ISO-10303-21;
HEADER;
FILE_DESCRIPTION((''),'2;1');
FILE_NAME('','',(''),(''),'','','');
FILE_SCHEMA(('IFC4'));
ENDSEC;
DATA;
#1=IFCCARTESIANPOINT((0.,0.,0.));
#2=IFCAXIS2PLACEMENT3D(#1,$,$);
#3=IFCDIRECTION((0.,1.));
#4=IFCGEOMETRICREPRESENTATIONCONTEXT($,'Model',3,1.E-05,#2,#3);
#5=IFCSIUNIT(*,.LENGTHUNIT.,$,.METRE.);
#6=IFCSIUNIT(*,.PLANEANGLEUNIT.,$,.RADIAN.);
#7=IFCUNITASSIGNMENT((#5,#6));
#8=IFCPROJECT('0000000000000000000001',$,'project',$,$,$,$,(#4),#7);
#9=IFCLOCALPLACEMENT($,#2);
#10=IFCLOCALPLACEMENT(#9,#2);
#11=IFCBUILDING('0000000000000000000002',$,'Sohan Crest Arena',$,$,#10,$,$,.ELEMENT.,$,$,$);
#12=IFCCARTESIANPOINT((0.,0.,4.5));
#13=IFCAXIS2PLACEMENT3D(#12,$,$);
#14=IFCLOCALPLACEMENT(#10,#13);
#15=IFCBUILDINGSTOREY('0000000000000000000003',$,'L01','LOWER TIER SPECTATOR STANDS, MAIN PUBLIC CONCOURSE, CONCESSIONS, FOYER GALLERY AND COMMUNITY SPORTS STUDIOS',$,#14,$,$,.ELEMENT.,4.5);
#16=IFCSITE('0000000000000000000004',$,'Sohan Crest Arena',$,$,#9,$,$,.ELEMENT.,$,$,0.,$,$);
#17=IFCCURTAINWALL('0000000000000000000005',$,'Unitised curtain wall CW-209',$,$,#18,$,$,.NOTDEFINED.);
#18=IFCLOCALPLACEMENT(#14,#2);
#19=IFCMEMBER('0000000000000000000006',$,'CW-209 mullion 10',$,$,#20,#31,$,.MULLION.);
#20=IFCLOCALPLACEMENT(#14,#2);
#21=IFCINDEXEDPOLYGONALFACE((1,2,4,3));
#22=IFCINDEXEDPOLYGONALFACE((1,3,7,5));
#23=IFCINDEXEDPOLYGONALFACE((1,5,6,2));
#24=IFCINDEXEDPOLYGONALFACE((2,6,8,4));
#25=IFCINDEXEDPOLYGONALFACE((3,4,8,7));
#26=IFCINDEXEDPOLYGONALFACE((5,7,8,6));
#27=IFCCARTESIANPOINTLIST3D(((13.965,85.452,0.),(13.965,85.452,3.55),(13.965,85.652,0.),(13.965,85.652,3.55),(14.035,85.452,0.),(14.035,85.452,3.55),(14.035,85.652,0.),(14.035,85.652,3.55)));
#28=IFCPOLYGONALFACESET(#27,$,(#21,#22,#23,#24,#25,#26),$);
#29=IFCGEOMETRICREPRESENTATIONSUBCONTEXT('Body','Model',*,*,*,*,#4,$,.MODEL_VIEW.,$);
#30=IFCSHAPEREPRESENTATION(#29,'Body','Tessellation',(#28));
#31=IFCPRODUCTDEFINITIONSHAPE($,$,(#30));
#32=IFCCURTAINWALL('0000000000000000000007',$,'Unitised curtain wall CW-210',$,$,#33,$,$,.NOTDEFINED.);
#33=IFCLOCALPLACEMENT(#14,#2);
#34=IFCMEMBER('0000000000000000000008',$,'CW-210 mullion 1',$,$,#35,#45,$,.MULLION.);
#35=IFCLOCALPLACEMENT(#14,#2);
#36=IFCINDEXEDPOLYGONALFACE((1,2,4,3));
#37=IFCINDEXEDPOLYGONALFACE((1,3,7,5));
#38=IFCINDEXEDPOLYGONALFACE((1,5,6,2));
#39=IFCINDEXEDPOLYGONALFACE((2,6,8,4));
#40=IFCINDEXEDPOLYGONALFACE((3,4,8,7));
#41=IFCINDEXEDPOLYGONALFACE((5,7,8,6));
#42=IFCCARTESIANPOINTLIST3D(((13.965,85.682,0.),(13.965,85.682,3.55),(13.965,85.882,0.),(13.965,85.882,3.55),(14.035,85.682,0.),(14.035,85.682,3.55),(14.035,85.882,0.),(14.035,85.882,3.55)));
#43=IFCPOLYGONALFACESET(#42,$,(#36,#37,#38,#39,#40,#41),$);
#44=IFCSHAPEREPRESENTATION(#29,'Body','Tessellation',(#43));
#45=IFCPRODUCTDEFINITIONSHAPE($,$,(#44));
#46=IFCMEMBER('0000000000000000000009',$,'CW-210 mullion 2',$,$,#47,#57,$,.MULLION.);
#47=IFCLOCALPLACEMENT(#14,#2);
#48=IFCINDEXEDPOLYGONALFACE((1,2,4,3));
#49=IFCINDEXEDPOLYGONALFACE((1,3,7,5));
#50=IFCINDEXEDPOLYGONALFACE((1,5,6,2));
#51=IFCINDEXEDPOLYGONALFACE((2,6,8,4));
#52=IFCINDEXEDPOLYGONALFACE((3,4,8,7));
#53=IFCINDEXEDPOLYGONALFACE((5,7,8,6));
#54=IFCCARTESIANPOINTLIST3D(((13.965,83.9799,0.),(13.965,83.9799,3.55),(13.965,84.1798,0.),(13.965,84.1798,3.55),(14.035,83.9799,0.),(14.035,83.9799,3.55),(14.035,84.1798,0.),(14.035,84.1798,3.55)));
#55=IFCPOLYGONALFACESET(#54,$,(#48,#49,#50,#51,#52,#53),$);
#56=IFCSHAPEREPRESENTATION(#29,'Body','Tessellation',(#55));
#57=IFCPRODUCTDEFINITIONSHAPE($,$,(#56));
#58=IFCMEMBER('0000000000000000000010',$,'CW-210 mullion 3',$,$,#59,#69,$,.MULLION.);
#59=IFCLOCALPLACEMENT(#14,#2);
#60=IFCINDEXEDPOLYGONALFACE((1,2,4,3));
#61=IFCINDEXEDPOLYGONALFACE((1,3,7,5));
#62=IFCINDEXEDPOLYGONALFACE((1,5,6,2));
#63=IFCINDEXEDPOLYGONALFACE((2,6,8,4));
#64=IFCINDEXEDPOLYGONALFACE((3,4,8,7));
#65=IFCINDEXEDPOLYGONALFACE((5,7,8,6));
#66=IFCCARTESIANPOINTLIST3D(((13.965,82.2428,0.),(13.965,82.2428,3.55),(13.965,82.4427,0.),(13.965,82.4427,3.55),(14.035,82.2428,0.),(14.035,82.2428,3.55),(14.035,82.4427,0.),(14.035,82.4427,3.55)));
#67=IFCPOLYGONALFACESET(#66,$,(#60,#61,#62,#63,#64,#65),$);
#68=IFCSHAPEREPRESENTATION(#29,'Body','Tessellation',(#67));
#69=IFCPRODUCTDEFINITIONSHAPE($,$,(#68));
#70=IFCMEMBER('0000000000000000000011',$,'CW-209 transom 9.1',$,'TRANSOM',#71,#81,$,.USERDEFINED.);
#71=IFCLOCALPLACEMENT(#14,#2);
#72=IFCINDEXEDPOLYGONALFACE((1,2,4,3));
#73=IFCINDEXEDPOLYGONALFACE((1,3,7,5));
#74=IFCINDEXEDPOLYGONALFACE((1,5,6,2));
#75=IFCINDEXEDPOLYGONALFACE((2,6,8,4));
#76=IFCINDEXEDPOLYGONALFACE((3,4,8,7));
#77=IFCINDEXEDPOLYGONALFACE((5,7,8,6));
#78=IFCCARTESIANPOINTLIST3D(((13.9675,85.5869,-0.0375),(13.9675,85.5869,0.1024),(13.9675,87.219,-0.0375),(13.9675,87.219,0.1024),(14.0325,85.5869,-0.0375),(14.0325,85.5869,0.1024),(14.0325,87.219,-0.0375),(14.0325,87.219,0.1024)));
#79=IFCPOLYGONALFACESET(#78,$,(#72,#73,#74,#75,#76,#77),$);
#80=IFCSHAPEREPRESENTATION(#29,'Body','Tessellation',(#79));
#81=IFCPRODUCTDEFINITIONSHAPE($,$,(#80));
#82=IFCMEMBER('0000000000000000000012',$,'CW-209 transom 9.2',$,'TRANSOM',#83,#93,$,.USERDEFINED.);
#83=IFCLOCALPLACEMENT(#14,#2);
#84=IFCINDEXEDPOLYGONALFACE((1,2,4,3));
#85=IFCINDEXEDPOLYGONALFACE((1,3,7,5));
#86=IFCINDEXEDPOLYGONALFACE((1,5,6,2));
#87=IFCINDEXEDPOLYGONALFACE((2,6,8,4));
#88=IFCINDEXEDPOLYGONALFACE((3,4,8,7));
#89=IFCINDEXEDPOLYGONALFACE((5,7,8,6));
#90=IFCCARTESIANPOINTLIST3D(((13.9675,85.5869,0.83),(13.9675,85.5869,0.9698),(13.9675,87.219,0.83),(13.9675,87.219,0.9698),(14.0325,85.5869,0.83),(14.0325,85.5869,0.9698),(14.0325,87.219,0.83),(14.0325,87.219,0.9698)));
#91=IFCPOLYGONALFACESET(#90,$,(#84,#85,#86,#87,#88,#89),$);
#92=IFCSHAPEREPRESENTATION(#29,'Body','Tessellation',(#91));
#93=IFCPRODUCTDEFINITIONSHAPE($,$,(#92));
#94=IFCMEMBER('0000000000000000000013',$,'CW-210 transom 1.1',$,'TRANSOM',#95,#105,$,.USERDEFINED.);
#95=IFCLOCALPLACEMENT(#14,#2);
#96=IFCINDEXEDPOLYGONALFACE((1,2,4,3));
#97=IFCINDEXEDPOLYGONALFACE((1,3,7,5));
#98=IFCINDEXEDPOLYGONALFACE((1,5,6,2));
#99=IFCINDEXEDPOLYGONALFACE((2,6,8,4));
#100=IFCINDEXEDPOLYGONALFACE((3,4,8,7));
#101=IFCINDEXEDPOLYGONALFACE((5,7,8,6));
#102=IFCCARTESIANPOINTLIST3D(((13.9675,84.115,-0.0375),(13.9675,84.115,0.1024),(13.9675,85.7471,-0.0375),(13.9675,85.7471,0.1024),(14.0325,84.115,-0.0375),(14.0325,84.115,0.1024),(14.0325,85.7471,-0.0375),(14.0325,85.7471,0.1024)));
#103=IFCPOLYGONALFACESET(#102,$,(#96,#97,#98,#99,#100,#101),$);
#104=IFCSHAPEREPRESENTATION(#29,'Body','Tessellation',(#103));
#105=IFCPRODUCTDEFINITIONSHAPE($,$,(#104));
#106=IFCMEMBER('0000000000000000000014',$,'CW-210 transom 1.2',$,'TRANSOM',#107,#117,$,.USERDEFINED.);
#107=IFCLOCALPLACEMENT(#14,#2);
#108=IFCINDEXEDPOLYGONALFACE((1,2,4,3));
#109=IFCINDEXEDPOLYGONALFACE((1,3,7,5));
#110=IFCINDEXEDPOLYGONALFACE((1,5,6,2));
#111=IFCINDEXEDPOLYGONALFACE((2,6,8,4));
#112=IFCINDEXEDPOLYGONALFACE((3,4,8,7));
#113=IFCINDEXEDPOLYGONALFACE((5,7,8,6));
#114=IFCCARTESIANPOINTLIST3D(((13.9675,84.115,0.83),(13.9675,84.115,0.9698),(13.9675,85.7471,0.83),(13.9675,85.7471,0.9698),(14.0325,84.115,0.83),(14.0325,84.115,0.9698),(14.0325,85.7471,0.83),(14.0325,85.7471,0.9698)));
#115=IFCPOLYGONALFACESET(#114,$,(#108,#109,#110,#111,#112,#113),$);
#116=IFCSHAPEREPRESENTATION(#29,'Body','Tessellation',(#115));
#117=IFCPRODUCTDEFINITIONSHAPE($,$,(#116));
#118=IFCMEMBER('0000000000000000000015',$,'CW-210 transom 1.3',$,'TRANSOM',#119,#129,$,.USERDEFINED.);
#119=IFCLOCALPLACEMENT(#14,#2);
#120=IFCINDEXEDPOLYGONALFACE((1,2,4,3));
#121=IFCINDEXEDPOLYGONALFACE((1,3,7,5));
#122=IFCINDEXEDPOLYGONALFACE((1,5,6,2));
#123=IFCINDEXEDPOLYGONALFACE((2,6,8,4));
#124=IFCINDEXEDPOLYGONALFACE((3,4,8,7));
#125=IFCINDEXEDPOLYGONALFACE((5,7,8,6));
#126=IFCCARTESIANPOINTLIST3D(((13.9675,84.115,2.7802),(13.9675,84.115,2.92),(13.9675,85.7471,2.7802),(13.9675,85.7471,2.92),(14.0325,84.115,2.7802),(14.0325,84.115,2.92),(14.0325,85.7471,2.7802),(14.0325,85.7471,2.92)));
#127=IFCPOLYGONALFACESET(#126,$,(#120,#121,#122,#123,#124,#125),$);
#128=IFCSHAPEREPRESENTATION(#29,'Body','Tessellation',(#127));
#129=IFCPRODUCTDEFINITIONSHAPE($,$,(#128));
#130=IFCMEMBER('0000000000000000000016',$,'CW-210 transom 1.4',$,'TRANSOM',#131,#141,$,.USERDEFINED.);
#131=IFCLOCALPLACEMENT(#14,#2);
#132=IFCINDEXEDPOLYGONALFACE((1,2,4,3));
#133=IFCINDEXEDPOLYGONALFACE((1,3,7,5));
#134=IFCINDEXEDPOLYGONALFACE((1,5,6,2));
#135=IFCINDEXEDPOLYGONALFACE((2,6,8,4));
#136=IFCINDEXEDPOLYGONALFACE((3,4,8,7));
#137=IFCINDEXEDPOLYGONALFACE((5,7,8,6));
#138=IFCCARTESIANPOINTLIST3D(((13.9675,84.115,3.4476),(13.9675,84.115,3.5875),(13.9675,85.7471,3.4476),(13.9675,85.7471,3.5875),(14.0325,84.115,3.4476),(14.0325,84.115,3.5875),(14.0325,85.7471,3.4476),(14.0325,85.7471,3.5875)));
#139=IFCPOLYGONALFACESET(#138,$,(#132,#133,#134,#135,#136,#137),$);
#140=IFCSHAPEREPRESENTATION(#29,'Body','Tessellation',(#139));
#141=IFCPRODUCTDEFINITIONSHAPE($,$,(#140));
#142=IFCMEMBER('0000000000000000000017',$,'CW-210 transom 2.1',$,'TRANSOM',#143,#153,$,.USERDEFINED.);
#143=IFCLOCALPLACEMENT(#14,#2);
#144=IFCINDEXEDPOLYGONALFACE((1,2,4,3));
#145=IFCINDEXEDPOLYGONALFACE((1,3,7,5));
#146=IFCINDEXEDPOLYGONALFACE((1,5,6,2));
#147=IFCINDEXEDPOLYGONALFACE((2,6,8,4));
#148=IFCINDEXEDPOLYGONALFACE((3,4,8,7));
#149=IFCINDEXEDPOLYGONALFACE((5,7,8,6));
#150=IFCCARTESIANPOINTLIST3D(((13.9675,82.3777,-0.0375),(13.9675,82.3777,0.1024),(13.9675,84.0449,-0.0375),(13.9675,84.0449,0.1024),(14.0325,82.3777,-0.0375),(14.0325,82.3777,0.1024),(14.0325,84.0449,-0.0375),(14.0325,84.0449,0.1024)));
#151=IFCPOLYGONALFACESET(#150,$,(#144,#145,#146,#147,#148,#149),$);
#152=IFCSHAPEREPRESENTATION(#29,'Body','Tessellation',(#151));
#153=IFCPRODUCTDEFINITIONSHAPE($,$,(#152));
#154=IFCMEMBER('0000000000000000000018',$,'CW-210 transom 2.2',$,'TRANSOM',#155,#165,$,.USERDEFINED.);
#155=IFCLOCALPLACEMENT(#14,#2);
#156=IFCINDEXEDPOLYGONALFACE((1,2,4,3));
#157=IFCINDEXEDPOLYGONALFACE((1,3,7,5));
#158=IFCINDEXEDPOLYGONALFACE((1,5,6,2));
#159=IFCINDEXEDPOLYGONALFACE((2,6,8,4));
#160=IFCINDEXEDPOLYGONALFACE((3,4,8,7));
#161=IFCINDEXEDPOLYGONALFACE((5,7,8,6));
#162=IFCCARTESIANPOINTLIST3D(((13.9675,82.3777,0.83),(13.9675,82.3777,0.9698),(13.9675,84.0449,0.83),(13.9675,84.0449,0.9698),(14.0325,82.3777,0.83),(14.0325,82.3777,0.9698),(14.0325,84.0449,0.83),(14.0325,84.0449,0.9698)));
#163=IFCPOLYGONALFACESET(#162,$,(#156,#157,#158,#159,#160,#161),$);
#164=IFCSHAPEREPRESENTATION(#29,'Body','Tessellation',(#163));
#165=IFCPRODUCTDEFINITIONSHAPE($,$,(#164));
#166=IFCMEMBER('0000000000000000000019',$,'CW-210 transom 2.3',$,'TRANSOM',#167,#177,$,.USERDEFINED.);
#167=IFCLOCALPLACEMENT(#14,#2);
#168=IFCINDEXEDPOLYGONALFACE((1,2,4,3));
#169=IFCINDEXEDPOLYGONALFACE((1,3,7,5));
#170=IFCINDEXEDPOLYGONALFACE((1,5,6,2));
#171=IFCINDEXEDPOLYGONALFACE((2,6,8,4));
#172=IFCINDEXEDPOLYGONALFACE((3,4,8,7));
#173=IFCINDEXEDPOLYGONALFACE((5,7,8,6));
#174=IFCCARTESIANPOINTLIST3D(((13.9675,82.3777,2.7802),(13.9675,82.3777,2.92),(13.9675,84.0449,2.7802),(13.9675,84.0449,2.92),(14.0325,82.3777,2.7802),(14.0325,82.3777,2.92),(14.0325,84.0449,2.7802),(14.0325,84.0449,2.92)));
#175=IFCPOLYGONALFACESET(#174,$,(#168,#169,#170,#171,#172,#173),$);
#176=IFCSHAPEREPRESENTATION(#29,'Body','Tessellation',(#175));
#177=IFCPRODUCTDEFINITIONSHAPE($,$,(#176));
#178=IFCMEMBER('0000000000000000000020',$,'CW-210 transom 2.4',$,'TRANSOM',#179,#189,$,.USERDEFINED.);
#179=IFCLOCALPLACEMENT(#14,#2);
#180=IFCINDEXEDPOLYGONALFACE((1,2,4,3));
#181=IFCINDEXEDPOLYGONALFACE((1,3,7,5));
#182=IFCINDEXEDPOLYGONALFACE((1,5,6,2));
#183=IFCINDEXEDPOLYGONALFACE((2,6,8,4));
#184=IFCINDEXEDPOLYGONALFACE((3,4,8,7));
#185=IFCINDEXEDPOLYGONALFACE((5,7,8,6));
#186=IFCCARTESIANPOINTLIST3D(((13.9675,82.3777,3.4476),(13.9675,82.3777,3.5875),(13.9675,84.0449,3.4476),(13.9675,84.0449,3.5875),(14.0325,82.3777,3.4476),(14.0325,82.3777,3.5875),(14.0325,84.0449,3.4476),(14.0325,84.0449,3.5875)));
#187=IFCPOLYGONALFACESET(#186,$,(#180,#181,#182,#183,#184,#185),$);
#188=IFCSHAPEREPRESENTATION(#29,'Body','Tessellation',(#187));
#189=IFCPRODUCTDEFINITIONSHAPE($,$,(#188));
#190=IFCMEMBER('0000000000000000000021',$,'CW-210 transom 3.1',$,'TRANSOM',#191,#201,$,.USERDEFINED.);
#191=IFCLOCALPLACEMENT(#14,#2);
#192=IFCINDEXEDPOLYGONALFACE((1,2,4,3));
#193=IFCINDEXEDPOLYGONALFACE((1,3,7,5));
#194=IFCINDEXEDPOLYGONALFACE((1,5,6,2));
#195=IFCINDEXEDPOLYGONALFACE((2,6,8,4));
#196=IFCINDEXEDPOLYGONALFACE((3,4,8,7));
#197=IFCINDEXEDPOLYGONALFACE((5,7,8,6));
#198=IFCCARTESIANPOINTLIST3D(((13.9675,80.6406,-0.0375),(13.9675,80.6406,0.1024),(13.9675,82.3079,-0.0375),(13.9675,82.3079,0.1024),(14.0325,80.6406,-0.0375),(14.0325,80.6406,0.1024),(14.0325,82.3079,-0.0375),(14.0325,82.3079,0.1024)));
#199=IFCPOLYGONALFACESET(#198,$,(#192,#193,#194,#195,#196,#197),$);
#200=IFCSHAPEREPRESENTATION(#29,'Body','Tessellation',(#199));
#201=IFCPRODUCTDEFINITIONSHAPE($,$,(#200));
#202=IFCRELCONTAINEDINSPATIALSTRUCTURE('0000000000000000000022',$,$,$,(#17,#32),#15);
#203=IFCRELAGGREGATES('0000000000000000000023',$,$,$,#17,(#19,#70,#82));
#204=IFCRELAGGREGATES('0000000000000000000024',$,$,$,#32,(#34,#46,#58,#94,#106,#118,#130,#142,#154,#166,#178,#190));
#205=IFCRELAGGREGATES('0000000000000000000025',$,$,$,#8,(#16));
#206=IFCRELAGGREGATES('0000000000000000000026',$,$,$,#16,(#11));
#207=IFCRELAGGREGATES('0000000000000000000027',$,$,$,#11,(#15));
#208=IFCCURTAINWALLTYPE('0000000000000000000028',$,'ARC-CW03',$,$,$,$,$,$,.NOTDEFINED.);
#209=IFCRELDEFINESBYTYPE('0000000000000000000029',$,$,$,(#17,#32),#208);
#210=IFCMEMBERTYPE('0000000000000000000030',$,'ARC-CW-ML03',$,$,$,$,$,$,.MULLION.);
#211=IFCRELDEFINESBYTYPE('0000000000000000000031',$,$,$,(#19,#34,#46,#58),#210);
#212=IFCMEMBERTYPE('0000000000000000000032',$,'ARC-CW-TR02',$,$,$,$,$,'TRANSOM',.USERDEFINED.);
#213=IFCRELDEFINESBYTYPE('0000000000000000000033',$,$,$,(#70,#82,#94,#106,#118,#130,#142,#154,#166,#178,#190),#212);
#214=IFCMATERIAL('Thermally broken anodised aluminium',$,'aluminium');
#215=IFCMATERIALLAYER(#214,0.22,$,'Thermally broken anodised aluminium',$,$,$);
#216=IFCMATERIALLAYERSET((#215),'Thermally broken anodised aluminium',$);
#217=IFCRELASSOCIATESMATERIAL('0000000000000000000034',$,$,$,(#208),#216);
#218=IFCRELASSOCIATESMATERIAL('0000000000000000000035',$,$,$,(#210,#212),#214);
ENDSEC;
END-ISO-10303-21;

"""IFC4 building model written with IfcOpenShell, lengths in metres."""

from ifc_helpers import new_model, si_unit, direction, frame, origin, origin_2d, place, context, subcontext, project, spatial, rectangle, extrude, material, layer, layer_set, material_profile, profile_set, type_object, element, aggregate, save


model = new_model("IFC4")

# Units and contexts
model_context = context("Model", 3, precision=1e-05, world=origin(), true_north=direction((0.0, 1.0)))
body_context = subcontext(model_context, "Body", "Model", "MODEL_VIEW")
ifc_project = project(units=[si_unit("LENGTHUNIT", "METRE"), si_unit("PLANEANGLEUNIT", "RADIAN")], contexts=[model_context])

# Site, building, storey
site_placement = place(None, origin())
site = spatial("IfcSite", under=ifc_project, at=site_placement, Name="Sohan Crest Arena", CompositionType="ELEMENT", RefElevation=0.0)
building_placement = place(site_placement, origin())
building = spatial("IfcBuilding", under=site, at=building_placement, Name="Sohan Crest Arena", CompositionType="ELEMENT")
storey_placement = place(building_placement, frame((0.0, 0.0, 4.5)))
storey = spatial("IfcBuildingStorey", under=building, at=storey_placement, Name="L01", Description="LOWER TIER SPECTATOR STANDS, MAIN PUBLIC CONCOURSE, CONCESSIONS, FOYER GALLERY AND COMMUNITY SPORTS STUDIOS", CompositionType="ELEMENT", Elevation=4.5)

# Curtain wall, member
ifc_material_1 = material(Name="Thermally broken anodised aluminium", Category="aluminium")
ifc_layer_1 = layer(ifc_material_1, 0.22, Name="Thermally broken anodised aluminium")
ifc_layer_set_1 = layer_set([ifc_layer_1], Name="Thermally broken anodised aluminium")
curtain_wall_type = type_object("IfcCurtainWallType", Name="ARC-CW03", PredefinedType="NOTDEFINED", material=ifc_layer_set_1)
curtain_wall_1_placement = place(storey_placement, origin())
curtain_wall_1 = element("IfcCurtainWall", 1, at=curtain_wall_1_placement, inside=storey, type_object=curtain_wall_type, Name="Unitised curtain wall CW-209", PredefinedType="NOTDEFINED")
ifc_material_profile_1 = material_profile(ifc_material_1, rectangle(XDim=0.0701, YDim=0.2, at=origin_2d()), Name="ALU-MULL 70x200")
ifc_profile_set_1 = profile_set([ifc_material_profile_1], Name="Thermally broken anodised aluminium")
member_type_1 = type_object("IfcMemberType", Name="ARC-CW-ML03", PredefinedType="MULLION", material=ifc_profile_set_1)
member_1_placement = place(storey_placement, frame((14.0, 85.552, 0.0), z_axis=(0.0, 0.0, 1.0), x_axis=(1.0, 0.0, 0.0)))
member_1 = element("IfcMember", 2, at=member_1_placement, type_object=member_type_1, Name="CW-209 mullion 10", PredefinedType="MULLION", context=body_context, shape_type="SweptSolid", body=[
    extrude(rectangle(XDim=0.0701, YDim=0.2, at=origin_2d()), origin(), (0.0, 0.0, 1.0), 3.55),
])

# Curtain wall, members
curtain_wall_2_placement = place(storey_placement, origin())
curtain_wall_2 = element("IfcCurtainWall", 3, at=curtain_wall_2_placement, inside=storey, type_object=curtain_wall_type, Name="Unitised curtain wall CW-210", PredefinedType="NOTDEFINED")
member_2_placement = place(storey_placement, frame((14.0, 85.782, 0.0), z_axis=(0.0, 0.0, 1.0), x_axis=(1.0, 0.0, 0.0)))
member_2 = element("IfcMember", 4, at=member_2_placement, type_object=member_type_1, Name="CW-210 mullion 1", PredefinedType="MULLION", context=body_context, shape_type="SweptSolid", body=[
    extrude(rectangle(XDim=0.0701, YDim=0.2, at=origin_2d()), origin(), (0.0, 0.0, 1.0), 3.55),
])
member_3_placement = place(storey_placement, frame((14.0, 84.0798, 0.0), z_axis=(0.0, 0.0, 1.0), x_axis=(1.0, 0.0, 0.0)))
member_3 = element("IfcMember", 5, at=member_3_placement, type_object=member_type_1, Name="CW-210 mullion 2", PredefinedType="MULLION", context=body_context, shape_type="SweptSolid", body=[
    extrude(rectangle(XDim=0.0701, YDim=0.2, at=origin_2d()), origin(), (0.0, 0.0, 1.0), 3.55),
])
member_4_placement = place(storey_placement, frame((14.0, 82.3428, 0.0), z_axis=(0.0, 0.0, 1.0), x_axis=(1.0, 0.0, 0.0)))
member_4 = element("IfcMember", 6, at=member_4_placement, type_object=member_type_1, Name="CW-210 mullion 3", PredefinedType="MULLION", context=body_context, shape_type="SweptSolid", body=[
    extrude(rectangle(XDim=0.0701, YDim=0.2, at=origin_2d()), origin(), (0.0, 0.0, 1.0), 3.55),
])

# Members
ifc_material_profile_2 = material_profile(ifc_material_1, rectangle(XDim=0.0649, YDim=0.1399, at=origin_2d()), Name="ALU-TRAN 65x140")
ifc_profile_set_2 = profile_set([ifc_material_profile_2], Name="Thermally broken anodised aluminium")
member_type_2 = type_object("IfcMemberType", Name="ARC-CW-TR02", ElementType="TRANSOM", PredefinedType="USERDEFINED", material=ifc_profile_set_2)
member_5_placement = place(storey_placement, frame((14.0, 87.219, 0.0325), z_axis=(0.0, -1.0, 0.0), x_axis=(1.0, 0.0, 0.0)))
member_5 = element("IfcMember", 7, at=member_5_placement, type_object=member_type_2, Name="CW-209 transom 9.1", ObjectType="TRANSOM", PredefinedType="USERDEFINED", context=body_context, shape_type="SweptSolid", body=[
    extrude(rectangle(XDim=0.0649, YDim=0.1399, at=origin_2d()), origin(), (0.0, 0.0, 1.0), 1.6321),
])
member_6_placement = place(storey_placement, frame((14.0, 87.219, 0.8999), z_axis=(0.0, -1.0, 0.0), x_axis=(1.0, 0.0, 0.0)))
member_6 = element("IfcMember", 8, at=member_6_placement, type_object=member_type_2, Name="CW-209 transom 9.2", ObjectType="TRANSOM", PredefinedType="USERDEFINED", context=body_context, shape_type="SweptSolid", body=[
    extrude(rectangle(XDim=0.0649, YDim=0.1399, at=origin_2d()), origin(), (0.0, 0.0, 1.0), 1.6321),
])
member_7_placement = place(storey_placement, frame((14.0, 85.7471, 0.0325), z_axis=(0.0, -1.0, 0.0), x_axis=(1.0, 0.0, 0.0)))
member_7 = element("IfcMember", 9, at=member_7_placement, type_object=member_type_2, Name="CW-210 transom 1.1", ObjectType="TRANSOM", PredefinedType="USERDEFINED", context=body_context, shape_type="SweptSolid", body=[
    extrude(rectangle(XDim=0.0649, YDim=0.1399, at=origin_2d()), origin(), (0.0, 0.0, 1.0), 1.6321),
])
member_8_placement = place(storey_placement, frame((14.0, 85.7471, 0.8999), z_axis=(0.0, -1.0, 0.0), x_axis=(1.0, 0.0, 0.0)))
member_8 = element("IfcMember", 10, at=member_8_placement, type_object=member_type_2, Name="CW-210 transom 1.2", ObjectType="TRANSOM", PredefinedType="USERDEFINED", context=body_context, shape_type="SweptSolid", body=[
    extrude(rectangle(XDim=0.0649, YDim=0.1399, at=origin_2d()), origin(), (0.0, 0.0, 1.0), 1.6321),
])
member_9_placement = place(storey_placement, frame((14.0, 85.7471, 2.8501), z_axis=(0.0, -1.0, 0.0), x_axis=(1.0, 0.0, 0.0)))
member_9 = element("IfcMember", 11, at=member_9_placement, type_object=member_type_2, Name="CW-210 transom 1.3", ObjectType="TRANSOM", PredefinedType="USERDEFINED", context=body_context, shape_type="SweptSolid", body=[
    extrude(rectangle(XDim=0.0649, YDim=0.1399, at=origin_2d()), origin(), (0.0, 0.0, 1.0), 1.6321),
])
member_10_placement = place(storey_placement, frame((14.0, 85.7471, 3.5176), z_axis=(0.0, -1.0, 0.0), x_axis=(1.0, 0.0, 0.0)))
member_10 = element("IfcMember", 12, at=member_10_placement, type_object=member_type_2, Name="CW-210 transom 1.4", ObjectType="TRANSOM", PredefinedType="USERDEFINED", context=body_context, shape_type="SweptSolid", body=[
    extrude(rectangle(XDim=0.0649, YDim=0.1399, at=origin_2d()), origin(), (0.0, 0.0, 1.0), 1.6321),
])
member_11_placement = place(storey_placement, frame((14.0, 84.0449, 0.0325), z_axis=(0.0, -1.0, 0.0), x_axis=(1.0, 0.0, 0.0)))
member_11 = element("IfcMember", 13, at=member_11_placement, type_object=member_type_2, Name="CW-210 transom 2.1", ObjectType="TRANSOM", PredefinedType="USERDEFINED", context=body_context, shape_type="SweptSolid", body=[
    extrude(rectangle(XDim=0.0649, YDim=0.1399, at=origin_2d()), origin(), (0.0, 0.0, 1.0), 1.6672),
])
member_12_placement = place(storey_placement, frame((14.0, 84.0449, 0.8999), z_axis=(0.0, -1.0, 0.0), x_axis=(1.0, 0.0, 0.0)))
member_12 = element("IfcMember", 14, at=member_12_placement, type_object=member_type_2, Name="CW-210 transom 2.2", ObjectType="TRANSOM", PredefinedType="USERDEFINED", context=body_context, shape_type="SweptSolid", body=[
    extrude(rectangle(XDim=0.0649, YDim=0.1399, at=origin_2d()), origin(), (0.0, 0.0, 1.0), 1.6672),
])
member_13_placement = place(storey_placement, frame((14.0, 84.0449, 2.8501), z_axis=(0.0, -1.0, 0.0), x_axis=(1.0, 0.0, 0.0)))
member_13 = element("IfcMember", 15, at=member_13_placement, type_object=member_type_2, Name="CW-210 transom 2.3", ObjectType="TRANSOM", PredefinedType="USERDEFINED", context=body_context, shape_type="SweptSolid", body=[
    extrude(rectangle(XDim=0.0649, YDim=0.1399, at=origin_2d()), origin(), (0.0, 0.0, 1.0), 1.6672),
])
member_14_placement = place(storey_placement, frame((14.0, 84.0449, 3.5176), z_axis=(0.0, -1.0, 0.0), x_axis=(1.0, 0.0, 0.0)))
member_14 = element("IfcMember", 16, at=member_14_placement, type_object=member_type_2, Name="CW-210 transom 2.4", ObjectType="TRANSOM", PredefinedType="USERDEFINED", context=body_context, shape_type="SweptSolid", body=[
    extrude(rectangle(XDim=0.0649, YDim=0.1399, at=origin_2d()), origin(), (0.0, 0.0, 1.0), 1.6672),
])
member_15_placement = place(storey_placement, frame((14.0, 82.3079, 0.0325), z_axis=(0.0, -1.0, 0.0), x_axis=(1.0, 0.0, 0.0)))
member_15 = element("IfcMember", 17, at=member_15_placement, type_object=member_type_2, Name="CW-210 transom 3.1", ObjectType="TRANSOM", PredefinedType="USERDEFINED", context=body_context, shape_type="SweptSolid", body=[
    extrude(rectangle(XDim=0.0649, YDim=0.1399, at=origin_2d()), origin(), (0.0, 0.0, 1.0), 1.6672),
])

aggregate(curtain_wall_1, [member_1, member_5, member_6])
aggregate(curtain_wall_2, [member_2, member_3, member_4, member_7, member_8, member_9, member_10, member_11, member_12, member_13, member_14, member_15])

save(model, "model.ifc")
